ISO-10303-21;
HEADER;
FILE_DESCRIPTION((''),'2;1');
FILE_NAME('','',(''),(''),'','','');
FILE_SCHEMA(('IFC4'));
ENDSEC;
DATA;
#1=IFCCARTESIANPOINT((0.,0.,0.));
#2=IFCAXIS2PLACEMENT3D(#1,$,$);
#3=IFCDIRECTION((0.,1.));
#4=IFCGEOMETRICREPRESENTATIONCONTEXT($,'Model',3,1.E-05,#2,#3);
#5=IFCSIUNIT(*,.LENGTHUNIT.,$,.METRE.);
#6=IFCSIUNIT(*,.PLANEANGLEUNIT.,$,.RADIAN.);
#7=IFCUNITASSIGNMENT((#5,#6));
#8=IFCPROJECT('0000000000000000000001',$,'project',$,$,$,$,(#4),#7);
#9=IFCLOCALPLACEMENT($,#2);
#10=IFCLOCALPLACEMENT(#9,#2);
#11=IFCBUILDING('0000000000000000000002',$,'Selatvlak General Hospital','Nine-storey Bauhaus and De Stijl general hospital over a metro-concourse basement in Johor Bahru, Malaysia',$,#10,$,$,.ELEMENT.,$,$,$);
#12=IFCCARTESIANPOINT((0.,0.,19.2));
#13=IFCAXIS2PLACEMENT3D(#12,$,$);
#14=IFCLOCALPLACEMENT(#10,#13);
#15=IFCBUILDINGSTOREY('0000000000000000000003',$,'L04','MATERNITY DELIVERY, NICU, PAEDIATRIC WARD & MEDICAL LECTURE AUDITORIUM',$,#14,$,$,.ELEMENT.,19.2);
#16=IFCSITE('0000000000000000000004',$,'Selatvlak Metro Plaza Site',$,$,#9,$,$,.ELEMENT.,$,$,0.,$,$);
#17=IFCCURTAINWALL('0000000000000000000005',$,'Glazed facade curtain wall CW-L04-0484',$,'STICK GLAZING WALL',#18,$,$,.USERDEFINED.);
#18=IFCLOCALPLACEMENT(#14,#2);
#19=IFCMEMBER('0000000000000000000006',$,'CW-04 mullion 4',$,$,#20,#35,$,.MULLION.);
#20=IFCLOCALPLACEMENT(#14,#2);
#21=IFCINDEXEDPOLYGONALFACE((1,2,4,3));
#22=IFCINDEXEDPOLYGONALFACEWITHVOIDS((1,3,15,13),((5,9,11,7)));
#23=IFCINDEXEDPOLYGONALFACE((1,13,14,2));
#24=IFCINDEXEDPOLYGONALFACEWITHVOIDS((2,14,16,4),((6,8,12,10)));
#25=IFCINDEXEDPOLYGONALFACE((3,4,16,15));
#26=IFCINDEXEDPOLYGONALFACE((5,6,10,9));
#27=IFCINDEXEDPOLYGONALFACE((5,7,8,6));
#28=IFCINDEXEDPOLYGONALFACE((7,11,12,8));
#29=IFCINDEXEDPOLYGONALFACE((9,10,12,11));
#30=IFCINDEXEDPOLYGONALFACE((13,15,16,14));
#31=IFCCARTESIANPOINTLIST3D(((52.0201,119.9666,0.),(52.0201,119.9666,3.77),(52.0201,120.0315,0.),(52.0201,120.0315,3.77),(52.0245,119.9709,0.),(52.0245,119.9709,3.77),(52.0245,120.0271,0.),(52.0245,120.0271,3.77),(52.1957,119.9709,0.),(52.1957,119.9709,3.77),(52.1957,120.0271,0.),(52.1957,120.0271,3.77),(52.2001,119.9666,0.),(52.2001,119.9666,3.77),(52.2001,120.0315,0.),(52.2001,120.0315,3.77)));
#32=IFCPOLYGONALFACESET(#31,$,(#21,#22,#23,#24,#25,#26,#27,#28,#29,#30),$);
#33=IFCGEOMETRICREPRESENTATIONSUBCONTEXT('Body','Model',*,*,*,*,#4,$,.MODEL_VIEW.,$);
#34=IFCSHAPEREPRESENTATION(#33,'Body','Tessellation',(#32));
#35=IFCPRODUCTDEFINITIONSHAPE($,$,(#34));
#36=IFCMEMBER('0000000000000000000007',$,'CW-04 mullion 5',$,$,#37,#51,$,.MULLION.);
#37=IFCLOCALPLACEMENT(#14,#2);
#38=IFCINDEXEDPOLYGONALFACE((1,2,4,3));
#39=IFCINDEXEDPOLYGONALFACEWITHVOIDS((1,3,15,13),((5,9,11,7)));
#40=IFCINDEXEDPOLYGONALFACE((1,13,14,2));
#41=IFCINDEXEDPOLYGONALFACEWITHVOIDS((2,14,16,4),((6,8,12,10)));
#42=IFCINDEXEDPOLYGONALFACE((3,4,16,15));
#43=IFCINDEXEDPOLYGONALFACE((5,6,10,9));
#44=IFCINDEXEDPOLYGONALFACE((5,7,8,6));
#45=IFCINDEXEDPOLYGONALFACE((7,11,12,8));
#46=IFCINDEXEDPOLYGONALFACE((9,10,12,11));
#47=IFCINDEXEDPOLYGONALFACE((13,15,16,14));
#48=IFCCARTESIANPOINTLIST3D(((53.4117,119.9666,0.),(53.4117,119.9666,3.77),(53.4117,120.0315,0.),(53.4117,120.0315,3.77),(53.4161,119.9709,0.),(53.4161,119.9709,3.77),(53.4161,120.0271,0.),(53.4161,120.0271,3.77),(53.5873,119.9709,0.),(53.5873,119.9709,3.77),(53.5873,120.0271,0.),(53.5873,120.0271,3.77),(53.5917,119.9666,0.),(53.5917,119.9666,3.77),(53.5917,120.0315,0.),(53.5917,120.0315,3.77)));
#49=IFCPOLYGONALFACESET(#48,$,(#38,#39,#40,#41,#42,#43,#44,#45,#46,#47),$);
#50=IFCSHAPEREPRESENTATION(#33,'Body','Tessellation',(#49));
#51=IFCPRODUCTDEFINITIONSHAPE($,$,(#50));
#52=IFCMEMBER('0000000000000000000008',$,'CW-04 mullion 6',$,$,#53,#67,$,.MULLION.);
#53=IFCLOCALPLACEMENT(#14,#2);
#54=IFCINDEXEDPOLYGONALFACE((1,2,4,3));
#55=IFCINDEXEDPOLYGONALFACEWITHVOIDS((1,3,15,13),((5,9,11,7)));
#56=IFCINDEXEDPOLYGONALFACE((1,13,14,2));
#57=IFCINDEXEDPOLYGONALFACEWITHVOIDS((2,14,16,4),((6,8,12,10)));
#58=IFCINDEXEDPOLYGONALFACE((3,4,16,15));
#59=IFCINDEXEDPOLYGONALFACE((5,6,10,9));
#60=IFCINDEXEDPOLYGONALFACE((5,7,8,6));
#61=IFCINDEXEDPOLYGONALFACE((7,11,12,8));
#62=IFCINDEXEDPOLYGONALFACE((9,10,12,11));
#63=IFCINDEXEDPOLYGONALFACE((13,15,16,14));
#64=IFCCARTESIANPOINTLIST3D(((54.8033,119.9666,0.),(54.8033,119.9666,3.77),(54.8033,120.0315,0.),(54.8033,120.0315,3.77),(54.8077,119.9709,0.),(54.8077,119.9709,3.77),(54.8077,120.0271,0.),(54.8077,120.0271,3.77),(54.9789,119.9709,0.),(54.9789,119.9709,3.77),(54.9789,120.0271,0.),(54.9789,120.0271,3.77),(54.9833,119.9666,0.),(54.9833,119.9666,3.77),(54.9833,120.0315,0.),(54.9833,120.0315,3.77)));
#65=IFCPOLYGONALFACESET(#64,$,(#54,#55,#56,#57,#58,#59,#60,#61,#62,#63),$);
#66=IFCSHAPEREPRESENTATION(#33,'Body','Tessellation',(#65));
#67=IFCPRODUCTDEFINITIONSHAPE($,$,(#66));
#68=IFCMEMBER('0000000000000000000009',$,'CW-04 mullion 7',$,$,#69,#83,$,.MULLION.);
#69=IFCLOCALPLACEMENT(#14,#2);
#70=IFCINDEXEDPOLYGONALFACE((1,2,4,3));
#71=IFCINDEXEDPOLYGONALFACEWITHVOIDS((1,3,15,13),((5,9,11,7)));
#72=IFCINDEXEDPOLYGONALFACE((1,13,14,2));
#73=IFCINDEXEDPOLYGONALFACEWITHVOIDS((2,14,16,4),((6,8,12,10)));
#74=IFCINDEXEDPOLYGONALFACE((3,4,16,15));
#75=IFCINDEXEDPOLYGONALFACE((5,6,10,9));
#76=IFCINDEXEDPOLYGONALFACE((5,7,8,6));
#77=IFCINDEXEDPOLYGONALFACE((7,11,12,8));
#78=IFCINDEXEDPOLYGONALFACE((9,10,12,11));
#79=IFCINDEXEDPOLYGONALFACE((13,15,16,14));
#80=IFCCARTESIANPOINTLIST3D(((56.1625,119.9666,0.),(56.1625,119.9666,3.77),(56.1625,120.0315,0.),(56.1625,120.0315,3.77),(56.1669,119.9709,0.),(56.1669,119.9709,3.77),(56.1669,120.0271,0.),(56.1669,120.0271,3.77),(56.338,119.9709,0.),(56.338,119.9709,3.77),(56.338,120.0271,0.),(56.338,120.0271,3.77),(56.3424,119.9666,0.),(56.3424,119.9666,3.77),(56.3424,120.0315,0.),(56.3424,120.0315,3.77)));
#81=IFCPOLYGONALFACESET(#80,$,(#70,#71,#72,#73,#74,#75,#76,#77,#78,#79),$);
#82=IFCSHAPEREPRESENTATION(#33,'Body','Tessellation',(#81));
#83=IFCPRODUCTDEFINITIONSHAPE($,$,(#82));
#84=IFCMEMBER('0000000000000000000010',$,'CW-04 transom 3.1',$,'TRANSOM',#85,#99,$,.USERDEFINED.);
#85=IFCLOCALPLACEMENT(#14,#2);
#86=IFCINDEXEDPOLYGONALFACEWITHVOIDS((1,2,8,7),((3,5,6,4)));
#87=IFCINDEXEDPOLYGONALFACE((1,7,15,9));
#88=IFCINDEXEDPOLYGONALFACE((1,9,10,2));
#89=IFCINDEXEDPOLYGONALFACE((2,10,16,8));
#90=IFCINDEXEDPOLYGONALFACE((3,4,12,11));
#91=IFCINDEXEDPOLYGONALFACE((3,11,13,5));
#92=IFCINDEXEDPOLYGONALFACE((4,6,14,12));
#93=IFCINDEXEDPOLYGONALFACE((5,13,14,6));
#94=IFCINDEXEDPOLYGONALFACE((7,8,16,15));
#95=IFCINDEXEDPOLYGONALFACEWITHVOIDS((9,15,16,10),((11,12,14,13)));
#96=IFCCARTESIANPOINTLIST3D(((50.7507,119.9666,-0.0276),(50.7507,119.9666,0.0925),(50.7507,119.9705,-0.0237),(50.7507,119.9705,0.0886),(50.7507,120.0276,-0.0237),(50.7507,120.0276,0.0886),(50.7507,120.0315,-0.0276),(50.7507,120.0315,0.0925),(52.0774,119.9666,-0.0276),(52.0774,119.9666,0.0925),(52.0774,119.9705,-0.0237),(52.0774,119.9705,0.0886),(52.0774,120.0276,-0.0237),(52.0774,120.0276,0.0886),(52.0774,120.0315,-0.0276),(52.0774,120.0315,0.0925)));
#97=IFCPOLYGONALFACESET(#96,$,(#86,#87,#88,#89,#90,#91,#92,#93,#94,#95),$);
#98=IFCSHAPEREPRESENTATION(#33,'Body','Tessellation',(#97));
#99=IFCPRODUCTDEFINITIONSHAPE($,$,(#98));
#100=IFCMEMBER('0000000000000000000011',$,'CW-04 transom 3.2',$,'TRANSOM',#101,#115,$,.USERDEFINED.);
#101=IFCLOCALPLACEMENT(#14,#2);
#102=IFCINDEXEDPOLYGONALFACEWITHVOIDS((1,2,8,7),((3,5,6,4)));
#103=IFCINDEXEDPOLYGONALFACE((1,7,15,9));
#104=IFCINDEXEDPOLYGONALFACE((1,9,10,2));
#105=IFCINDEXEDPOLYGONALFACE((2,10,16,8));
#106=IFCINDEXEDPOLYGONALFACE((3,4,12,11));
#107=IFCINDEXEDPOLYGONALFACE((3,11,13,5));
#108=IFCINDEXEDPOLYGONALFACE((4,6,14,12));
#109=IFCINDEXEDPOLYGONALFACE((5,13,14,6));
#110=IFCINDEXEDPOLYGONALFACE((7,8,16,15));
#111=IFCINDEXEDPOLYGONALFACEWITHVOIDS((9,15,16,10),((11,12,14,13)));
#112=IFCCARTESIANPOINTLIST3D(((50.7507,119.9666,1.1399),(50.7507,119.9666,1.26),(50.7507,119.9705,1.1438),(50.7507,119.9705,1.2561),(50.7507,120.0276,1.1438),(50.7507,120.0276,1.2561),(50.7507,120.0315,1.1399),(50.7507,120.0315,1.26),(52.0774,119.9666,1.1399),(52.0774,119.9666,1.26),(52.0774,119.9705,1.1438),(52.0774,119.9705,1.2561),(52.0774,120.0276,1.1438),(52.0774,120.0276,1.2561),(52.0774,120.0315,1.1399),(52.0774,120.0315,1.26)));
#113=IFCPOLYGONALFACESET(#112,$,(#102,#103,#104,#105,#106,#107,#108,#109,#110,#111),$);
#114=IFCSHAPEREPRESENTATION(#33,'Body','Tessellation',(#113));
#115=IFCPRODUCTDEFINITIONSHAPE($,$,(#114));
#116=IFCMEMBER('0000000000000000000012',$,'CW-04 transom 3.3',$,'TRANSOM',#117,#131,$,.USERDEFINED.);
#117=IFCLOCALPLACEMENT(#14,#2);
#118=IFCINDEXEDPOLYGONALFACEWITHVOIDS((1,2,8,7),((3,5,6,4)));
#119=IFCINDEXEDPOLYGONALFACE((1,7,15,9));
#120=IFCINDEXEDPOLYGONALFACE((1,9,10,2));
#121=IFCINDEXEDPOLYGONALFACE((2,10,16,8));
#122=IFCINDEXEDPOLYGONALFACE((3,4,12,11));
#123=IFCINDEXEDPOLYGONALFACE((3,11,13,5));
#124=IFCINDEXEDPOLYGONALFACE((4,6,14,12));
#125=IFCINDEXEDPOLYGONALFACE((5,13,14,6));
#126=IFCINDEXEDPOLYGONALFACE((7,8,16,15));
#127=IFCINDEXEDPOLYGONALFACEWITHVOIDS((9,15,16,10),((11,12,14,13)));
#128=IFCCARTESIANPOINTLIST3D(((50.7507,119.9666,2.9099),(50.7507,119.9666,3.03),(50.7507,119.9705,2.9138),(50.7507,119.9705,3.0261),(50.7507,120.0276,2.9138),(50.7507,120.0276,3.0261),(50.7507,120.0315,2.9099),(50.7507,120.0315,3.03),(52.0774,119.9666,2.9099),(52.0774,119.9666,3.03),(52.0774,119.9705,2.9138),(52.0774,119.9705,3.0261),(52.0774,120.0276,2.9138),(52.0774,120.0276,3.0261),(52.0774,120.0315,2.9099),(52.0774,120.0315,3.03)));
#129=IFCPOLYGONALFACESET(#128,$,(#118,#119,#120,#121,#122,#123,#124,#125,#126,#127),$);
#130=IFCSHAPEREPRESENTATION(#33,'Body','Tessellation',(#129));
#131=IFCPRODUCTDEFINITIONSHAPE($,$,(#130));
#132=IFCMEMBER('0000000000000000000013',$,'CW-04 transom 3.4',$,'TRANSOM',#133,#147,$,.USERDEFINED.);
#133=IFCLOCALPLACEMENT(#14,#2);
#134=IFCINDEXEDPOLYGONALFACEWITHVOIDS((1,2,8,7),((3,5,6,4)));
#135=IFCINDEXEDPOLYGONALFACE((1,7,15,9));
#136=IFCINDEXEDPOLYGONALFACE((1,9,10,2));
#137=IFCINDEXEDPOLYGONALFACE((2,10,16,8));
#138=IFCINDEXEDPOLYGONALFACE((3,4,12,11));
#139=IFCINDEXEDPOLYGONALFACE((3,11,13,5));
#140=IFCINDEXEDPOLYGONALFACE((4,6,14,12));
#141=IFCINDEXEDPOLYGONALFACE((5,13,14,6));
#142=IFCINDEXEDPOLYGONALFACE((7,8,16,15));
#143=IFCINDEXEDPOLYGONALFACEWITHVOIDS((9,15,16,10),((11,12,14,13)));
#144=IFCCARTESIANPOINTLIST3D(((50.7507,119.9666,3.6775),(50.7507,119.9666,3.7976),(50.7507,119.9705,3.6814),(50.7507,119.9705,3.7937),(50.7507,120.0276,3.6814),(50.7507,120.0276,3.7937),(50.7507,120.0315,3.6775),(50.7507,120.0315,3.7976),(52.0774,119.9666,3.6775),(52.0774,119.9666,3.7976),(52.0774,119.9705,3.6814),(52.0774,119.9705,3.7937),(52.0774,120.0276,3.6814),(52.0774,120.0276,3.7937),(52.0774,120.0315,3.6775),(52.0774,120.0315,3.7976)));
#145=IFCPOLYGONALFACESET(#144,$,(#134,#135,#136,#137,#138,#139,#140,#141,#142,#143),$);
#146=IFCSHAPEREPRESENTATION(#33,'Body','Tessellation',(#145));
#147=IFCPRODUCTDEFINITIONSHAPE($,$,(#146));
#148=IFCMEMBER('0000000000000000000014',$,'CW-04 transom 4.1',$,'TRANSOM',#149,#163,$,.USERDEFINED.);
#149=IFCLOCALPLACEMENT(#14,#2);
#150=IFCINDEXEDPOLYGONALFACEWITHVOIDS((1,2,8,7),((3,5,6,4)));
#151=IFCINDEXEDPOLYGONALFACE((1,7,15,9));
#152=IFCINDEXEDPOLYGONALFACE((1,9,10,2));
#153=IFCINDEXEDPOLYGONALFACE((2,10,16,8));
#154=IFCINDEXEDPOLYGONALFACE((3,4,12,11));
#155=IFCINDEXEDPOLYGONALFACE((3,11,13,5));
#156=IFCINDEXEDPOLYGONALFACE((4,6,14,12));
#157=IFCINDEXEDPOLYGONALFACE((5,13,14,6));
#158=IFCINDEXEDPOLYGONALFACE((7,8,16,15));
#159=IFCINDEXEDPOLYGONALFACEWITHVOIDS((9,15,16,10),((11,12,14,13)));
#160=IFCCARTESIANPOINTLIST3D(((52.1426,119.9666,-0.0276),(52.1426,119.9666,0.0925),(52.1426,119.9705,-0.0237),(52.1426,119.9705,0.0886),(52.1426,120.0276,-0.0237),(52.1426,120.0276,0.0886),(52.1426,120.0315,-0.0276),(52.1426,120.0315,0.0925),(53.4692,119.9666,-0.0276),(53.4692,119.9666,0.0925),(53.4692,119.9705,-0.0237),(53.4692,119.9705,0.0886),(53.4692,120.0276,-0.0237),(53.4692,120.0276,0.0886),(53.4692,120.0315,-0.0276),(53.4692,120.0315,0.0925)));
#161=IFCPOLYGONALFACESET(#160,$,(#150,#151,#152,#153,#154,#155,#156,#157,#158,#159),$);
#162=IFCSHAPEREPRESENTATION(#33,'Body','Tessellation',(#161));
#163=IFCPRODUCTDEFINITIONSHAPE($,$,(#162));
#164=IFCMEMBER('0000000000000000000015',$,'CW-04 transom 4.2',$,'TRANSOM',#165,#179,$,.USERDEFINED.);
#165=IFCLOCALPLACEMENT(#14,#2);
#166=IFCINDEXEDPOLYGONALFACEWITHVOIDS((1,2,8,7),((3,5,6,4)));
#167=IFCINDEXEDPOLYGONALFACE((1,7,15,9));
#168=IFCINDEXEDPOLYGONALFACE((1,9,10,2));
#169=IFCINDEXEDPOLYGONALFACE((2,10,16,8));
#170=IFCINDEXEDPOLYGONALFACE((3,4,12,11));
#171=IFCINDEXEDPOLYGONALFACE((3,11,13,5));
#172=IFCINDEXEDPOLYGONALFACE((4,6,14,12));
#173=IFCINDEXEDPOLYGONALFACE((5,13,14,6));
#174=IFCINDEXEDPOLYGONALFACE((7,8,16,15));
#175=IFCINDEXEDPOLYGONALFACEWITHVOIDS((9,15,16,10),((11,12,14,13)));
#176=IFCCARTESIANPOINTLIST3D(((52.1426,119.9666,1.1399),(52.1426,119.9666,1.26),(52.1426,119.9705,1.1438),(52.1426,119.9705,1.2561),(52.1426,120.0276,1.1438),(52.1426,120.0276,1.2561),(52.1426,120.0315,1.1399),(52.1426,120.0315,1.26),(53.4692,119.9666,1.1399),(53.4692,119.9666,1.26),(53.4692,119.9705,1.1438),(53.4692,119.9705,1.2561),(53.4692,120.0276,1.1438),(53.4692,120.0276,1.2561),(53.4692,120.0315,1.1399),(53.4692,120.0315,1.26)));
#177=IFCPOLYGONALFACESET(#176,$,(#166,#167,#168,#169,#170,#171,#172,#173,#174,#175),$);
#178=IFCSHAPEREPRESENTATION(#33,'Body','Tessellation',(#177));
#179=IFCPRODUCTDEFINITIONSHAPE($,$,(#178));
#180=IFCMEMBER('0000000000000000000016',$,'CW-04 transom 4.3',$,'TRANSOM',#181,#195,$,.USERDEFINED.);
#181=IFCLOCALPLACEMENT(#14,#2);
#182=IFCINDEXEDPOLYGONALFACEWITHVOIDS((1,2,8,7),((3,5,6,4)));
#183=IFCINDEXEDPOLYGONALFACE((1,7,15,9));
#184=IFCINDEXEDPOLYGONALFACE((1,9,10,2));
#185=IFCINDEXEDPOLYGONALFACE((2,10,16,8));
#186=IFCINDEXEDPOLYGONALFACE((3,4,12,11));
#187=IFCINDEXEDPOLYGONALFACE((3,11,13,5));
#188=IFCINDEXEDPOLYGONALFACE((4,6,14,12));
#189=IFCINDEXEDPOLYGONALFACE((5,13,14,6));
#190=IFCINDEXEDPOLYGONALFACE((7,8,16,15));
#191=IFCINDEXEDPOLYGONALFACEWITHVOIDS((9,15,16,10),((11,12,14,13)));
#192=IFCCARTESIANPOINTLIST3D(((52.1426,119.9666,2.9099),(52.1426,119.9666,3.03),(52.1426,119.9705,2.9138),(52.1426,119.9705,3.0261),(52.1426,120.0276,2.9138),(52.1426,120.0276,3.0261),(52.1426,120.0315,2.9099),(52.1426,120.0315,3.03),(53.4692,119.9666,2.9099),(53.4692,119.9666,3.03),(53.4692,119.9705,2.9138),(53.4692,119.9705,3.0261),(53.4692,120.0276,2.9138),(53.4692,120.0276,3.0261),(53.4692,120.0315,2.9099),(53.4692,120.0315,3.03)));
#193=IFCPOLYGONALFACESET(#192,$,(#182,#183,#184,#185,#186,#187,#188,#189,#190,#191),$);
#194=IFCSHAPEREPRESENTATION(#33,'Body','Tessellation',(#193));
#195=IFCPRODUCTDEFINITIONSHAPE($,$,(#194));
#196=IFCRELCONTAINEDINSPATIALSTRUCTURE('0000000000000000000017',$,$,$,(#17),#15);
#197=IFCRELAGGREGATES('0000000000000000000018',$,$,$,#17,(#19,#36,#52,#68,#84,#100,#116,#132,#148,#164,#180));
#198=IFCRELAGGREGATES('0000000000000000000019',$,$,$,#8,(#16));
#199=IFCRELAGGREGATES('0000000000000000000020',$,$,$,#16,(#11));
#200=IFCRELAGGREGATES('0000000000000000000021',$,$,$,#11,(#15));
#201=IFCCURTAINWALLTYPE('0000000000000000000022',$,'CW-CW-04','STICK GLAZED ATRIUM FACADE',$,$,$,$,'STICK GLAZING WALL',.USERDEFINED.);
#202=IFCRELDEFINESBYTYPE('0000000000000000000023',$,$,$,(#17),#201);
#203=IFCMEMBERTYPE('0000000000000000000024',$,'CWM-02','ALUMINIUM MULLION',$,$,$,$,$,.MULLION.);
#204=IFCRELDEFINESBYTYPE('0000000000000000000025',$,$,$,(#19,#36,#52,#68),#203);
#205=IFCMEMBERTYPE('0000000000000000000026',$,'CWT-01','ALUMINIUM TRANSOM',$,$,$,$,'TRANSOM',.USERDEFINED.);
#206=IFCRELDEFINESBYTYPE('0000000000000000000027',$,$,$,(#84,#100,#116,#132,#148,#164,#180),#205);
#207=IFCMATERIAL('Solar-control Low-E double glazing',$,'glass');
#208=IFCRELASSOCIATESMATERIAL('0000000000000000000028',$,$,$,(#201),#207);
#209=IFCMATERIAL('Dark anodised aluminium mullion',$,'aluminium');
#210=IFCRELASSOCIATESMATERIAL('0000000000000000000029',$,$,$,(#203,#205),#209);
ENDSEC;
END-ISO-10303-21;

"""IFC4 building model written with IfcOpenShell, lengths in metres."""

from ifc_helpers import new_model, si_unit, direction, frame, origin, origin_2d, place, context, subcontext, project, spatial, hollow_rectangle, extrude, material, material_profile, profile_set, type_object, element, aggregate, save


model = new_model("IFC4")

# Units and contexts
model_context = context("Model", 3, precision=1e-05, world=origin(), true_north=direction((0.0, 1.0)))
body_context = subcontext(model_context, "Body", "Model", "MODEL_VIEW")
ifc_project = project(units=[si_unit("LENGTHUNIT", "METRE"), si_unit("PLANEANGLEUNIT", "RADIAN")], contexts=[model_context])

# Site, building, storey
site_placement = place(None, origin())
site = spatial("IfcSite", under=ifc_project, at=site_placement, Name="Selatvlak Metro Plaza Site", CompositionType="ELEMENT", RefElevation=0.0)
building_placement = place(site_placement, origin())
building = spatial("IfcBuilding", under=site, at=building_placement, Name="Selatvlak General Hospital", Description="Nine-storey Bauhaus and De Stijl general hospital over a metro-concourse basement in Johor Bahru, Malaysia", CompositionType="ELEMENT")
storey_placement = place(building_placement, frame((0.0, 0.0, 19.2)))
storey = spatial("IfcBuildingStorey", under=building, at=storey_placement, Name="L04", Description="MATERNITY DELIVERY, NICU, PAEDIATRIC WARD & MEDICAL LECTURE AUDITORIUM", CompositionType="ELEMENT", Elevation=19.2)

# Curtain wall, members
ifc_material_1 = material(Name="Solar-control Low-E double glazing", Category="glass")
curtain_wall_type = type_object("IfcCurtainWallType", Name="CW-CW-04", Description="STICK GLAZED ATRIUM FACADE", ElementType="STICK GLAZING WALL", PredefinedType="USERDEFINED", material=ifc_material_1)
curtain_wall_placement = place(storey_placement, origin())
curtain_wall = element("IfcCurtainWall", 1, at=curtain_wall_placement, inside=storey, type_object=curtain_wall_type, Name="Glazed facade curtain wall CW-L04-0484", ObjectType="STICK GLAZING WALL", PredefinedType="USERDEFINED")
ifc_material_2 = material(Name="Dark anodised aluminium mullion", Category="aluminium")
ifc_material_profile_1 = material_profile(ifc_material_2, hollow_rectangle(XDim=0.0649, YDim=0.1799, WallThickness=0.0044, at=origin_2d()), Name="AL-MUL 65x180x4.5")
ifc_profile_set_1 = profile_set([ifc_material_profile_1], Name="Dark anodised aluminium mullion")
member_type_1 = type_object("IfcMemberType", Name="CWM-02", Description="ALUMINIUM MULLION", PredefinedType="MULLION", material=ifc_profile_set_1)
member_1_placement = place(storey_placement, frame((52.1101, 119.999, 0.0), z_axis=(0.0, 0.0, 1.0), x_axis=(0.0, 1.0, 0.0)))
member_1 = element("IfcMember", 2, at=member_1_placement, type_object=member_type_1, Name="CW-04 mullion 4", PredefinedType="MULLION", context=body_context, shape_type="SweptSolid", body=[
    extrude(hollow_rectangle(XDim=0.0649, YDim=0.1799, WallThickness=0.0044, at=origin_2d()), origin(), (0.0, 0.0, 1.0), 3.77),
])
member_2_placement = place(storey_placement, frame((53.5017, 119.999, 0.0), z_axis=(0.0, 0.0, 1.0), x_axis=(0.0, 1.0, 0.0)))
member_2 = element("IfcMember", 3, at=member_2_placement, type_object=member_type_1, Name="CW-04 mullion 5", PredefinedType="MULLION", context=body_context, shape_type="SweptSolid", body=[
    extrude(hollow_rectangle(XDim=0.0649, YDim=0.1799, WallThickness=0.0044, at=origin_2d()), origin(), (0.0, 0.0, 1.0), 3.77),
])
member_3_placement = place(storey_placement, frame((54.8933, 119.999, 0.0), z_axis=(0.0, 0.0, 1.0), x_axis=(0.0, 1.0, 0.0)))
member_3 = element("IfcMember", 4, at=member_3_placement, type_object=member_type_1, Name="CW-04 mullion 6", PredefinedType="MULLION", context=body_context, shape_type="SweptSolid", body=[
    extrude(hollow_rectangle(XDim=0.0649, YDim=0.1799, WallThickness=0.0044, at=origin_2d()), origin(), (0.0, 0.0, 1.0), 3.77),
])
member_4_placement = place(storey_placement, frame((56.2524, 119.999, 0.0), z_axis=(0.0, 0.0, 1.0), x_axis=(0.0, 1.0, 0.0)))
member_4 = element("IfcMember", 5, at=member_4_placement, type_object=member_type_1, Name="CW-04 mullion 7", PredefinedType="MULLION", context=body_context, shape_type="SweptSolid", body=[
    extrude(hollow_rectangle(XDim=0.0649, YDim=0.1799, WallThickness=0.0044, at=origin_2d()), origin(), (0.0, 0.0, 1.0), 3.77),
])
ifc_material_profile_2 = material_profile(ifc_material_2, hollow_rectangle(XDim=0.0649, YDim=0.1201, WallThickness=0.0039, at=origin_2d()), Name="AL-TRN 65x120x4")
ifc_profile_set_2 = profile_set([ifc_material_profile_2], Name="Dark anodised aluminium mullion")
member_type_2 = type_object("IfcMemberType", Name="CWT-01", Description="ALUMINIUM TRANSOM", ElementType="TRANSOM", PredefinedType="USERDEFINED", material=ifc_profile_set_2)
member_5_placement = place(storey_placement, frame((50.7507, 119.999, 0.0325), z_axis=(1.0, 0.0, 0.0), x_axis=(0.0, 1.0, 0.0)))
member_5 = element("IfcMember", 6, at=member_5_placement, type_object=member_type_2, Name="CW-04 transom 3.1", ObjectType="TRANSOM", PredefinedType="USERDEFINED", context=body_context, shape_type="SweptSolid", body=[
    extrude(hollow_rectangle(XDim=0.0649, YDim=0.1201, WallThickness=0.0039, at=origin_2d()), origin(), (0.0, 0.0, 1.0), 1.3267),
])
member_6_placement = place(storey_placement, frame((50.7507, 119.999, 1.2), z_axis=(1.0, 0.0, 0.0), x_axis=(0.0, 1.0, 0.0)))
member_6 = element("IfcMember", 7, at=member_6_placement, type_object=member_type_2, Name="CW-04 transom 3.2", ObjectType="TRANSOM", PredefinedType="USERDEFINED", context=body_context, shape_type="SweptSolid", body=[
    extrude(hollow_rectangle(XDim=0.0649, YDim=0.1201, WallThickness=0.0039, at=origin_2d()), origin(), (0.0, 0.0, 1.0), 1.3267),
])
member_7_placement = place(storey_placement, frame((50.7507, 119.999, 2.97), z_axis=(1.0, 0.0, 0.0), x_axis=(0.0, 1.0, 0.0)))
member_7 = element("IfcMember", 8, at=member_7_placement, type_object=member_type_2, Name="CW-04 transom 3.3", ObjectType="TRANSOM", PredefinedType="USERDEFINED", context=body_context, shape_type="SweptSolid", body=[
    extrude(hollow_rectangle(XDim=0.0649, YDim=0.1201, WallThickness=0.0039, at=origin_2d()), origin(), (0.0, 0.0, 1.0), 1.3267),
])
member_8_placement = place(storey_placement, frame((50.7507, 119.999, 3.7375), z_axis=(1.0, 0.0, 0.0), x_axis=(0.0, 1.0, 0.0)))
member_8 = element("IfcMember", 9, at=member_8_placement, type_object=member_type_2, Name="CW-04 transom 3.4", ObjectType="TRANSOM", PredefinedType="USERDEFINED", context=body_context, shape_type="SweptSolid", body=[
    extrude(hollow_rectangle(XDim=0.0649, YDim=0.1201, WallThickness=0.0039, at=origin_2d()), origin(), (0.0, 0.0, 1.0), 1.3267),
])
member_9_placement = place(storey_placement, frame((52.1426, 119.999, 0.0325), z_axis=(1.0, 0.0, 0.0), x_axis=(0.0, 1.0, 0.0)))
member_9 = element("IfcMember", 10, at=member_9_placement, type_object=member_type_2, Name="CW-04 transom 4.1", ObjectType="TRANSOM", PredefinedType="USERDEFINED", context=body_context, shape_type="SweptSolid", body=[
    extrude(hollow_rectangle(XDim=0.0649, YDim=0.1201, WallThickness=0.0039, at=origin_2d()), origin(), (0.0, 0.0, 1.0), 1.3267),
])
member_10_placement = place(storey_placement, frame((52.1426, 119.999, 1.2), z_axis=(1.0, 0.0, 0.0), x_axis=(0.0, 1.0, 0.0)))
member_10 = element("IfcMember", 11, at=member_10_placement, type_object=member_type_2, Name="CW-04 transom 4.2", ObjectType="TRANSOM", PredefinedType="USERDEFINED", context=body_context, shape_type="SweptSolid", body=[
    extrude(hollow_rectangle(XDim=0.0649, YDim=0.1201, WallThickness=0.0039, at=origin_2d()), origin(), (0.0, 0.0, 1.0), 1.3267),
])
member_11_placement = place(storey_placement, frame((52.1426, 119.999, 2.97), z_axis=(1.0, 0.0, 0.0), x_axis=(0.0, 1.0, 0.0)))
member_11 = element("IfcMember", 12, at=member_11_placement, type_object=member_type_2, Name="CW-04 transom 4.3", ObjectType="TRANSOM", PredefinedType="USERDEFINED", context=body_context, shape_type="SweptSolid", body=[
    extrude(hollow_rectangle(XDim=0.0649, YDim=0.1201, WallThickness=0.0039, at=origin_2d()), origin(), (0.0, 0.0, 1.0), 1.3267),
])
aggregate(curtain_wall, [member_1, member_2, member_3, member_4, member_5, member_6, member_7, member_8, member_9, member_10, member_11])

save(model, "model.ifc")
